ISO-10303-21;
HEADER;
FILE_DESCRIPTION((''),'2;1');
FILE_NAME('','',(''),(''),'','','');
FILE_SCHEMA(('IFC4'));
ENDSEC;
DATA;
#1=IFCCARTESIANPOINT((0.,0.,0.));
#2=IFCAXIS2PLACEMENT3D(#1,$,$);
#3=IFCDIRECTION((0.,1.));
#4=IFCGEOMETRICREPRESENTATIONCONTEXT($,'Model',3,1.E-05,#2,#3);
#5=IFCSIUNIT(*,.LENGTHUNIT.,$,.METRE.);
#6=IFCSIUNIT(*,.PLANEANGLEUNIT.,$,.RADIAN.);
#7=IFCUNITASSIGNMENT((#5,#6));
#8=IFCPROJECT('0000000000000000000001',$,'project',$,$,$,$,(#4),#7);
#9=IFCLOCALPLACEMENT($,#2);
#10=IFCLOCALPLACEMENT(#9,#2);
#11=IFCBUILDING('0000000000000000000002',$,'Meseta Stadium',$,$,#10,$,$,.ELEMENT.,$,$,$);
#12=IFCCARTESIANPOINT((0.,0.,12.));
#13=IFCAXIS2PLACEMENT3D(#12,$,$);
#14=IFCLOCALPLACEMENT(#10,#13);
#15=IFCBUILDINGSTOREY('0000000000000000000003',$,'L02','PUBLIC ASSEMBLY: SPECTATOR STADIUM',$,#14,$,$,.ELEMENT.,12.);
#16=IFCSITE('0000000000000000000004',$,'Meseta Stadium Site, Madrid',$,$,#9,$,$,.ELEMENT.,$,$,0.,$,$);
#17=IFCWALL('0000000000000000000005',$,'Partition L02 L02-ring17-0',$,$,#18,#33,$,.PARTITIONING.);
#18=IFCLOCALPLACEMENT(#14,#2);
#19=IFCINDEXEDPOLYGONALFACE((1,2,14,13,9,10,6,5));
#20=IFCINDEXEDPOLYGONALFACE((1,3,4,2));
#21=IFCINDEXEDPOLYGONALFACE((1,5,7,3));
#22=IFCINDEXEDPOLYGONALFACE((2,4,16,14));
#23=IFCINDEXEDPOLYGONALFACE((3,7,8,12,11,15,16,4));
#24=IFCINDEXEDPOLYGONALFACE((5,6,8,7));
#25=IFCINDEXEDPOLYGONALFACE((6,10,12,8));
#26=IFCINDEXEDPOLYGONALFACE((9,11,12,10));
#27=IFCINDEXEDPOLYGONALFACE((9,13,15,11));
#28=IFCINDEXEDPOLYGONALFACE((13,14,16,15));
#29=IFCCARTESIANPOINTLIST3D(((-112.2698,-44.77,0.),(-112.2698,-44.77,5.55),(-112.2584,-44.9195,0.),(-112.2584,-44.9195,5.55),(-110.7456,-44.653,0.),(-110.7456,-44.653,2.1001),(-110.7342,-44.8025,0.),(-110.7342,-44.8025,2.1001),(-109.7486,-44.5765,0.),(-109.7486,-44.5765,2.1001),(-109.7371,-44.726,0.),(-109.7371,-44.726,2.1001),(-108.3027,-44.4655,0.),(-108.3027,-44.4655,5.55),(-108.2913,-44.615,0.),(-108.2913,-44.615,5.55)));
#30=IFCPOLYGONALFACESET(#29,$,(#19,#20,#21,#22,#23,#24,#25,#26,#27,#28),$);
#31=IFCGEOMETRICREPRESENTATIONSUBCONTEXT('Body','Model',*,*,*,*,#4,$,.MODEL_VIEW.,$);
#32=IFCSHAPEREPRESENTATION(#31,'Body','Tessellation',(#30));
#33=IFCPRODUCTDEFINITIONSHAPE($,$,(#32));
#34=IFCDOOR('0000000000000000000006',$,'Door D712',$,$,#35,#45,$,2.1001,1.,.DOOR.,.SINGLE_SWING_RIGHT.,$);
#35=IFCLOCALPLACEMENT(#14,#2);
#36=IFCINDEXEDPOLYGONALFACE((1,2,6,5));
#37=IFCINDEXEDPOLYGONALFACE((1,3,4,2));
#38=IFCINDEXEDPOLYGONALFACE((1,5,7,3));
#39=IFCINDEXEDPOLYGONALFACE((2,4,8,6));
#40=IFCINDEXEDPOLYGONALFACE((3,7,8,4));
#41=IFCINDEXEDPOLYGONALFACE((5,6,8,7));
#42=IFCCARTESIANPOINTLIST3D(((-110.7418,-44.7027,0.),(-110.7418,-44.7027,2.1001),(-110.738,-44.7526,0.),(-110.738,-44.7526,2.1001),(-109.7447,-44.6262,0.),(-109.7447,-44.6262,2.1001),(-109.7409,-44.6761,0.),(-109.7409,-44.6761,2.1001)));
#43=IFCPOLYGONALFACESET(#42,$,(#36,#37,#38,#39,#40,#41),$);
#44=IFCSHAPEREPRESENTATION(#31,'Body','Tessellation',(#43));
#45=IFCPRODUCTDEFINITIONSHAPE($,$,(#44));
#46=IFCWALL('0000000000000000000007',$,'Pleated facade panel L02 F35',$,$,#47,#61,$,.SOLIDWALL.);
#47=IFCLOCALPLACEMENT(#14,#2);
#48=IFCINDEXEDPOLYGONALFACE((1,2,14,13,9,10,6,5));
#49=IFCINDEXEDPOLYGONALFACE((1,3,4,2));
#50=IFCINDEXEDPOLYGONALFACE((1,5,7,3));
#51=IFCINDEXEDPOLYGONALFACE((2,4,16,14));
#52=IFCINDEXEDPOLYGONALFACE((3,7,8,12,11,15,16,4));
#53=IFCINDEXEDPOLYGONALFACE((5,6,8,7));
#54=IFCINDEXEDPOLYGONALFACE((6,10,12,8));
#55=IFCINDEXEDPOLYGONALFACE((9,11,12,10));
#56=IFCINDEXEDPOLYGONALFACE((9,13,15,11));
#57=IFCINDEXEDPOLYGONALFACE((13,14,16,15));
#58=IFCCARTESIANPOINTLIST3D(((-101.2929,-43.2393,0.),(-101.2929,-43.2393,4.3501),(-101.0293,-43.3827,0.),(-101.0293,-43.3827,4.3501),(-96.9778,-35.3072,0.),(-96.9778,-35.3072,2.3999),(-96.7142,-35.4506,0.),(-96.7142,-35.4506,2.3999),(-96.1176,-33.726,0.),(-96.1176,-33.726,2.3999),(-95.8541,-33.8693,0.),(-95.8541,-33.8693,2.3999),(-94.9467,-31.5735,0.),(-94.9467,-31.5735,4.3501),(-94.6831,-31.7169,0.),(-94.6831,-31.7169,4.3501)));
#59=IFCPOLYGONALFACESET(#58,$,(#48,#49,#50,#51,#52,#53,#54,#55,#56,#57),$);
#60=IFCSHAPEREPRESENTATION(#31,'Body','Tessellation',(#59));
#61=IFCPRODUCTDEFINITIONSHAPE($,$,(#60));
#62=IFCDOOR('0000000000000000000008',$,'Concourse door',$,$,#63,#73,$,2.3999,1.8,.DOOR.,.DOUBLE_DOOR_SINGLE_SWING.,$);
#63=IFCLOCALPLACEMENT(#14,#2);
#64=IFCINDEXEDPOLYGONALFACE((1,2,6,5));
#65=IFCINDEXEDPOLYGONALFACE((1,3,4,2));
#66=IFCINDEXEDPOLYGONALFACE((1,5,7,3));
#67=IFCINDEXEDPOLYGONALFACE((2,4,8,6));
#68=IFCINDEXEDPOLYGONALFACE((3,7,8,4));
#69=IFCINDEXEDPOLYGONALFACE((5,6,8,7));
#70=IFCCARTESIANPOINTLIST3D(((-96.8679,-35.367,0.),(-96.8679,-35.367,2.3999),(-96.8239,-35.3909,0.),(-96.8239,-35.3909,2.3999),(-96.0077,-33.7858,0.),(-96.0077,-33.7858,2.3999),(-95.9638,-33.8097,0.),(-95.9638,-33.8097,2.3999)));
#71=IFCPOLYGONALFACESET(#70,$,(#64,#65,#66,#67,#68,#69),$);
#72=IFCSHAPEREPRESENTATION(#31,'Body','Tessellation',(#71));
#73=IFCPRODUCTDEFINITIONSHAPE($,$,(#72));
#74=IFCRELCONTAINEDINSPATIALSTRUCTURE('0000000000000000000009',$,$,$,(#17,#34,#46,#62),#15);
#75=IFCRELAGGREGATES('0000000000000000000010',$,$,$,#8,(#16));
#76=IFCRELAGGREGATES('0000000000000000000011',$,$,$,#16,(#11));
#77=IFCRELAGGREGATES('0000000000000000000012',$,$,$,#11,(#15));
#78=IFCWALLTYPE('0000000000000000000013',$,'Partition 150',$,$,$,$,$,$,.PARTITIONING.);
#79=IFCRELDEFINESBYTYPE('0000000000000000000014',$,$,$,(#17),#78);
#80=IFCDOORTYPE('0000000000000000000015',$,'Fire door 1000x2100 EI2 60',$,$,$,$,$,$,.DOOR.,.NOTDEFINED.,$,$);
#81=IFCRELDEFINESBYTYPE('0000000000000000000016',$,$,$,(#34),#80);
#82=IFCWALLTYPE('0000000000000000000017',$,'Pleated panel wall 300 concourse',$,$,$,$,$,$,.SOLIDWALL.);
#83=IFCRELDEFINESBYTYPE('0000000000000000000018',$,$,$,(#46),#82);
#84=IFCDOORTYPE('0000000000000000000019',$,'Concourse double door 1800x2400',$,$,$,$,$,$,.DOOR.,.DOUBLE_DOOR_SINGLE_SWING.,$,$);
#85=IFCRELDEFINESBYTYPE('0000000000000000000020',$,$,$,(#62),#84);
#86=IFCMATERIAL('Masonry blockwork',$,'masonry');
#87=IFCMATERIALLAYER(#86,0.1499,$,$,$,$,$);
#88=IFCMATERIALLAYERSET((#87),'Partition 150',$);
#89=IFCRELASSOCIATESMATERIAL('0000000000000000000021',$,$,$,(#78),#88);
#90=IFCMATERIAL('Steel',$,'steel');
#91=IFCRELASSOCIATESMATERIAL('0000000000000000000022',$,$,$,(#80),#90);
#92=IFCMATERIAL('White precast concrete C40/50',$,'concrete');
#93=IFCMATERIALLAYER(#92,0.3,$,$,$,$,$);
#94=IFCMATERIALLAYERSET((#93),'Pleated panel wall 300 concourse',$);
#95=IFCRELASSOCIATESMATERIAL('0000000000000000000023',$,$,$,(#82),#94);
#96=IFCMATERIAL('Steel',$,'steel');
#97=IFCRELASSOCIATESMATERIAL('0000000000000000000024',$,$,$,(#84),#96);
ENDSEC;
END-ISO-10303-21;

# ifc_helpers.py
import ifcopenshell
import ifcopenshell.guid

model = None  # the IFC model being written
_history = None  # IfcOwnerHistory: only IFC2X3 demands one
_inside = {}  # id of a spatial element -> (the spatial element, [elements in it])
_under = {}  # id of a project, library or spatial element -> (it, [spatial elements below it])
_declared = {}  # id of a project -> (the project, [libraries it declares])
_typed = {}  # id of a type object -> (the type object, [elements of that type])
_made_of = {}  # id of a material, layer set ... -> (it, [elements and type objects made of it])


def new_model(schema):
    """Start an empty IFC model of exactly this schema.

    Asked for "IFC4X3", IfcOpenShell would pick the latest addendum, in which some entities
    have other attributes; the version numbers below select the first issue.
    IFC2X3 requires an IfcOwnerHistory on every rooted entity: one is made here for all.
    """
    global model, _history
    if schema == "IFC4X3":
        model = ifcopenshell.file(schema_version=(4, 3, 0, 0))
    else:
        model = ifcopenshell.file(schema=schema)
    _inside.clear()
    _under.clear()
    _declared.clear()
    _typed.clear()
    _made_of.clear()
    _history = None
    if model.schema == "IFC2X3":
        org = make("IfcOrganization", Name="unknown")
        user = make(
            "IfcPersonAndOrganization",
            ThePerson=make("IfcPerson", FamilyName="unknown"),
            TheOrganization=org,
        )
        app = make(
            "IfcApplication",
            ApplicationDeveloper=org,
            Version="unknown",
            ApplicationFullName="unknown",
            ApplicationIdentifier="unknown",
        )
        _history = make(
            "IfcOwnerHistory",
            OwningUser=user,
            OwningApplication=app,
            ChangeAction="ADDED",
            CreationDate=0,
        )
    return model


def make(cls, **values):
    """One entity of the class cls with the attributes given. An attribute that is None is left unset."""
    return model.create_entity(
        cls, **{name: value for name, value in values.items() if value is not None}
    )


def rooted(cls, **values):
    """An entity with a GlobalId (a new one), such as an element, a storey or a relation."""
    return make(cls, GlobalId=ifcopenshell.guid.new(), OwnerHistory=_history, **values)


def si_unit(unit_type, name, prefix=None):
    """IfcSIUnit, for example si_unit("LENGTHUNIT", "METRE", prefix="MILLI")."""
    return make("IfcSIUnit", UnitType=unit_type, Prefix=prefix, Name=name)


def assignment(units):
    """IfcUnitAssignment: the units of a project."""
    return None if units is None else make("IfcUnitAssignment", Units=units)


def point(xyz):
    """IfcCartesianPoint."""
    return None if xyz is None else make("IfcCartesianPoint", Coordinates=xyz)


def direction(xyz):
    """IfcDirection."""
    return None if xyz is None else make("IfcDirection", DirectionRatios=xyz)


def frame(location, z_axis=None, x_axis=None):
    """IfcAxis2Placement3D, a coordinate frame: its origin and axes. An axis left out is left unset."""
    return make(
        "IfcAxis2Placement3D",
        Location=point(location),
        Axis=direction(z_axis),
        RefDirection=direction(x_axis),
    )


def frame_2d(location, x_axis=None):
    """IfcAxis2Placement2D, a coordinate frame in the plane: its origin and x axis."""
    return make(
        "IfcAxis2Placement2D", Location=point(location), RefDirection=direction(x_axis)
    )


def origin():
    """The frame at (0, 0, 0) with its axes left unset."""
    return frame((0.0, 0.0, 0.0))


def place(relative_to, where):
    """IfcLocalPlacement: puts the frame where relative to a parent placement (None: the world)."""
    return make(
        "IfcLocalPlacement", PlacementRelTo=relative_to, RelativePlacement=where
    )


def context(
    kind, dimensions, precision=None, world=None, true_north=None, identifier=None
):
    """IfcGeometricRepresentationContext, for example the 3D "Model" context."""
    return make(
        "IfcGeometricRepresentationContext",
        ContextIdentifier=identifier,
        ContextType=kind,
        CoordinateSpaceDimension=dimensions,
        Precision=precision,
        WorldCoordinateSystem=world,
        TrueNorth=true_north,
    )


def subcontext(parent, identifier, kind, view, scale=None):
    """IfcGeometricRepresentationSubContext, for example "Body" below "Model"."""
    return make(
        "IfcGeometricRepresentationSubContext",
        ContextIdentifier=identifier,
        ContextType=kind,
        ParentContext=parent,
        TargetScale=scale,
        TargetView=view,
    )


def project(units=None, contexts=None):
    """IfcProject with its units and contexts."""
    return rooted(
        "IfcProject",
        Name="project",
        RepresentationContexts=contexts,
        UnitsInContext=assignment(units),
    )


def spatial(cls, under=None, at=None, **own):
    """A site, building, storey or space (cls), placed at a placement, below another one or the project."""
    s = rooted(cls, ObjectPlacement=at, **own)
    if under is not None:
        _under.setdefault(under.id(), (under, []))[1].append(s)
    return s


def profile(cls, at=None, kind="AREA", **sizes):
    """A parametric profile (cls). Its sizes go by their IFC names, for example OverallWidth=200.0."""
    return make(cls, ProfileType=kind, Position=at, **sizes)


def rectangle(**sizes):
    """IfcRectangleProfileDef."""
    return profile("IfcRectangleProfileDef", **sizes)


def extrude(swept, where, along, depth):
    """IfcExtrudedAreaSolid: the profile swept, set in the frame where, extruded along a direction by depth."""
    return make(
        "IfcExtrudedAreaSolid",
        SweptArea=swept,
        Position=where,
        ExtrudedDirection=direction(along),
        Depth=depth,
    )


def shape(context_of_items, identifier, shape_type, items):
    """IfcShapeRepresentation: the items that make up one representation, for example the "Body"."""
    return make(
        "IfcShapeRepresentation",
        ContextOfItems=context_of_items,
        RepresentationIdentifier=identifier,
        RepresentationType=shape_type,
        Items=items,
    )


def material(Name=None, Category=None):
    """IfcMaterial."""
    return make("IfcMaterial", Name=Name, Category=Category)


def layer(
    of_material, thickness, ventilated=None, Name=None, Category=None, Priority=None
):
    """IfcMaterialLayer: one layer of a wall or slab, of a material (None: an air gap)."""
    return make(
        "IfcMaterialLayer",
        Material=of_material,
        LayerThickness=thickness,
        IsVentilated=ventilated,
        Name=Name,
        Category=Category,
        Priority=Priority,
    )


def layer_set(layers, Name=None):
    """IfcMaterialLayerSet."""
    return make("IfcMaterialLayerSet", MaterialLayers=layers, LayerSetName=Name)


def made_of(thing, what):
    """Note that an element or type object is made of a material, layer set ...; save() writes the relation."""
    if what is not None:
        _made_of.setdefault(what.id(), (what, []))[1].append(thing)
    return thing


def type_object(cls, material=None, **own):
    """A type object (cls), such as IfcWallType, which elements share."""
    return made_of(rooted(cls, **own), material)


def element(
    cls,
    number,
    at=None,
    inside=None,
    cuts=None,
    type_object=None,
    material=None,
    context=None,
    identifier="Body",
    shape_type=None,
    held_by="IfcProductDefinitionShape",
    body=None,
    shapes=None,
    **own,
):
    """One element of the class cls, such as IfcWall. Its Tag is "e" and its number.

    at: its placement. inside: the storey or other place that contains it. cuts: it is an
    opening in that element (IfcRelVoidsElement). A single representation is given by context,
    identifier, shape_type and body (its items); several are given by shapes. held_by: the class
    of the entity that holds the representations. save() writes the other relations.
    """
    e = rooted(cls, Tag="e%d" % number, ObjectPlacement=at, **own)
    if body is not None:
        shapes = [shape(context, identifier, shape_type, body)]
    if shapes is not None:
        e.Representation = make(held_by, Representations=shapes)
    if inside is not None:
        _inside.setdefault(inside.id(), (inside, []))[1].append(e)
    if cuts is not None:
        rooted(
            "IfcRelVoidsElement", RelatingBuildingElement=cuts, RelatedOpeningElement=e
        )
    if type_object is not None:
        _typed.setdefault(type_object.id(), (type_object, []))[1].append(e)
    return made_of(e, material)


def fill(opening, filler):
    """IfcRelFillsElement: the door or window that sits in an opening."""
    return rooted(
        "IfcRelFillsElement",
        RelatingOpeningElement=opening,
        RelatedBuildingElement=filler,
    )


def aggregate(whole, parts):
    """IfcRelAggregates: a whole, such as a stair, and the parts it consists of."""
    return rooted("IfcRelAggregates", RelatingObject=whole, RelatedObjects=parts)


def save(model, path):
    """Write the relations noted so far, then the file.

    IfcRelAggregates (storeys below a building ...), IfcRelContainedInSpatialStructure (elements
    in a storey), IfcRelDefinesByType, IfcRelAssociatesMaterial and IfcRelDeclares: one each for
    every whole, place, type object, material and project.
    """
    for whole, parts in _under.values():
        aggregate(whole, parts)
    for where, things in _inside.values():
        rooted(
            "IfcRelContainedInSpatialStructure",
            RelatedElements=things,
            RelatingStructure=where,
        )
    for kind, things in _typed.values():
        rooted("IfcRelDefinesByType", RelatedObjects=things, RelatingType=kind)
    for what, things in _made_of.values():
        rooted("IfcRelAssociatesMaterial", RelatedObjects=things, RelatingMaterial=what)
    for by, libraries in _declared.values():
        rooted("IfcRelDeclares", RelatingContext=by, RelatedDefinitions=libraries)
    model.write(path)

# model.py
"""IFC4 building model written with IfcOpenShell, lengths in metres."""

from ifc_helpers import new_model, si_unit, direction, frame, frame_2d, origin, place, context, subcontext, project, spatial, rectangle, extrude, material, layer, layer_set, type_object, element, fill, save


model = new_model("IFC4")

# Units and contexts
model_context = context("Model", 3, precision=1e-05, world=origin(), true_north=direction((0.0, 1.0)))
body_context = subcontext(model_context, "Body", "Model", "MODEL_VIEW")
ifc_project = project(units=[si_unit("LENGTHUNIT", "METRE"), si_unit("PLANEANGLEUNIT", "RADIAN")], contexts=[model_context])

# Site, building, storey
site_placement = place(None, origin())
site = spatial("IfcSite", under=ifc_project, at=site_placement, Name="Meseta Stadium Site, Madrid", CompositionType="ELEMENT", RefElevation=0.0)
building_placement = place(site_placement, origin())
building = spatial("IfcBuilding", under=site, at=building_placement, Name="Meseta Stadium", CompositionType="ELEMENT")
storey_placement = place(building_placement, frame((0.0, 0.0, 12.0)))
storey = spatial("IfcBuildingStorey", under=building, at=storey_placement, Name="L02", Description="PUBLIC ASSEMBLY: SPECTATOR STADIUM", CompositionType="ELEMENT", Elevation=12.0)

# Shared definitions
ifc_material_1 = material(Name="Masonry blockwork", Category="masonry")
ifc_layer_1 = layer(ifc_material_1, 0.1499)
ifc_layer_set_1 = layer_set([ifc_layer_1], Name="Partition 150")
wall_type_1 = type_object("IfcWallType", Name="Partition 150", PredefinedType="PARTITIONING", material=ifc_layer_set_1)

# Walls, openings, doors
wall_1_placement = place(storey_placement, frame((-108.2971, -44.5403, 0.0), z_axis=(0.0, 0.0, 1.0), x_axis=(-0.997068, -0.076518, 0.0)))
wall_1 = element("IfcWall", 1, at=wall_1_placement, inside=storey, type_object=wall_type_1, Name="Partition L02 L02-ring17-0", PredefinedType="PARTITIONING", context=body_context, shape_type="SweptSolid", body=[
    extrude(rectangle(XDim=3.9788, YDim=0.1499, at=frame_2d((1.9893, 0.0))), origin(), (0.0, 0.0, 1.0), 5.55),
])
opening_1_placement = place(wall_1_placement, frame((1.45, 0.0, 0.0)))
opening_1 = element("IfcOpeningElement", 2, at=opening_1_placement, cuts=wall_1, PredefinedType="OPENING", context=body_context, shape_type="SweptSolid", body=[
    extrude(rectangle(XDim=1.0, YDim=2.1001, at=frame_2d((0.5, 1.05))), frame((0.0, 0.085, 0.0), z_axis=(0.0, -1.0, 0.0), x_axis=(1.0, 0.0, 0.0)), (0.0, 0.0, 1.0), 0.1699),
])
ifc_material_2 = material(Name="Steel", Category="steel")
door_type_1 = type_object("IfcDoorType", Name="Fire door 1000x2100 EI2 60", OperationType="NOTDEFINED", PredefinedType="DOOR", material=ifc_material_2)
door_1_placement = place(opening_1_placement, origin())
door_1 = element("IfcDoor", 3, at=door_1_placement, inside=storey, type_object=door_type_1, Name="Door D712", OperationType="SINGLE_SWING_RIGHT", OverallHeight=2.1001, OverallWidth=1.0, PredefinedType="DOOR", context=body_context, shape_type="SweptSolid", body=[
    extrude(rectangle(XDim=1.0, YDim=2.1001, at=frame_2d((0.5, 1.05))), frame((0.0, 0.0249, 0.0), z_axis=(0.0, -1.0, 0.0), x_axis=(1.0, 0.0, 0.0)), (0.0, 0.0, 1.0), 0.05),
])
fill(opening_1, door_1)
ifc_material_3 = material(Name="White precast concrete C40/50", Category="concrete")
ifc_layer_2 = layer(ifc_material_3, 0.3)
ifc_layer_set_2 = layer_set([ifc_layer_2], Name="Pleated panel wall 300 concourse")
wall_type_2 = type_object("IfcWallType", Name="Pleated panel wall 300 concourse", PredefinedType="SOLIDWALL", material=ifc_layer_set_2)
wall_2_placement = place(storey_placement, frame((-101.1611, -43.311, 0.0), z_axis=(0.0, 0.0, 1.0), x_axis=(0.477868, 0.878432, 0.0)))
wall_2 = element("IfcWall", 4, at=wall_2_placement, inside=storey, type_object=wall_type_2, Name="Pleated facade panel L02 F35", PredefinedType="SOLIDWALL", context=body_context, shape_type="SweptSolid", body=[
    extrude(rectangle(XDim=13.2803, YDim=0.3, at=frame_2d((6.6401, 0.0))), origin(), (0.0, 0.0, 1.0), 4.3501),
])
opening_2_placement = place(wall_2_placement, frame((9.03, 0.0, 0.0)))
opening_2 = element("IfcOpeningElement", 5, at=opening_2_placement, cuts=wall_2, PredefinedType="OPENING", context=body_context, shape_type="SweptSolid", body=[
    extrude(rectangle(XDim=1.8, YDim=2.3999, at=frame_2d((0.8999, 1.2))), frame((0.0, 0.1599, 0.0), z_axis=(0.0, -1.0, 0.0), x_axis=(1.0, 0.0, 0.0)), (0.0, 0.0, 1.0), 0.3201),
])
ifc_material_4 = material(Name="Steel", Category="steel")
door_type_2 = type_object("IfcDoorType", Name="Concourse double door 1800x2400", OperationType="DOUBLE_DOOR_SINGLE_SWING", PredefinedType="DOOR", material=ifc_material_4)
door_2_placement = place(opening_2_placement, origin())
door_2 = element("IfcDoor", 6, at=door_2_placement, inside=storey, type_object=door_type_2, Name="Concourse door", OperationType="DOUBLE_DOOR_SINGLE_SWING", OverallHeight=2.3999, OverallWidth=1.8, PredefinedType="DOOR", context=body_context, shape_type="SweptSolid", body=[
    extrude(rectangle(XDim=1.8, YDim=2.3999, at=frame_2d((0.8999, 1.2))), frame((0.0, 0.0249, 0.0), z_axis=(0.0, -1.0, 0.0), x_axis=(1.0, 0.0, 0.0)), (0.0, 0.0, 1.0), 0.05),
])
fill(opening_2, door_2)

save(model, "model.ifc")
